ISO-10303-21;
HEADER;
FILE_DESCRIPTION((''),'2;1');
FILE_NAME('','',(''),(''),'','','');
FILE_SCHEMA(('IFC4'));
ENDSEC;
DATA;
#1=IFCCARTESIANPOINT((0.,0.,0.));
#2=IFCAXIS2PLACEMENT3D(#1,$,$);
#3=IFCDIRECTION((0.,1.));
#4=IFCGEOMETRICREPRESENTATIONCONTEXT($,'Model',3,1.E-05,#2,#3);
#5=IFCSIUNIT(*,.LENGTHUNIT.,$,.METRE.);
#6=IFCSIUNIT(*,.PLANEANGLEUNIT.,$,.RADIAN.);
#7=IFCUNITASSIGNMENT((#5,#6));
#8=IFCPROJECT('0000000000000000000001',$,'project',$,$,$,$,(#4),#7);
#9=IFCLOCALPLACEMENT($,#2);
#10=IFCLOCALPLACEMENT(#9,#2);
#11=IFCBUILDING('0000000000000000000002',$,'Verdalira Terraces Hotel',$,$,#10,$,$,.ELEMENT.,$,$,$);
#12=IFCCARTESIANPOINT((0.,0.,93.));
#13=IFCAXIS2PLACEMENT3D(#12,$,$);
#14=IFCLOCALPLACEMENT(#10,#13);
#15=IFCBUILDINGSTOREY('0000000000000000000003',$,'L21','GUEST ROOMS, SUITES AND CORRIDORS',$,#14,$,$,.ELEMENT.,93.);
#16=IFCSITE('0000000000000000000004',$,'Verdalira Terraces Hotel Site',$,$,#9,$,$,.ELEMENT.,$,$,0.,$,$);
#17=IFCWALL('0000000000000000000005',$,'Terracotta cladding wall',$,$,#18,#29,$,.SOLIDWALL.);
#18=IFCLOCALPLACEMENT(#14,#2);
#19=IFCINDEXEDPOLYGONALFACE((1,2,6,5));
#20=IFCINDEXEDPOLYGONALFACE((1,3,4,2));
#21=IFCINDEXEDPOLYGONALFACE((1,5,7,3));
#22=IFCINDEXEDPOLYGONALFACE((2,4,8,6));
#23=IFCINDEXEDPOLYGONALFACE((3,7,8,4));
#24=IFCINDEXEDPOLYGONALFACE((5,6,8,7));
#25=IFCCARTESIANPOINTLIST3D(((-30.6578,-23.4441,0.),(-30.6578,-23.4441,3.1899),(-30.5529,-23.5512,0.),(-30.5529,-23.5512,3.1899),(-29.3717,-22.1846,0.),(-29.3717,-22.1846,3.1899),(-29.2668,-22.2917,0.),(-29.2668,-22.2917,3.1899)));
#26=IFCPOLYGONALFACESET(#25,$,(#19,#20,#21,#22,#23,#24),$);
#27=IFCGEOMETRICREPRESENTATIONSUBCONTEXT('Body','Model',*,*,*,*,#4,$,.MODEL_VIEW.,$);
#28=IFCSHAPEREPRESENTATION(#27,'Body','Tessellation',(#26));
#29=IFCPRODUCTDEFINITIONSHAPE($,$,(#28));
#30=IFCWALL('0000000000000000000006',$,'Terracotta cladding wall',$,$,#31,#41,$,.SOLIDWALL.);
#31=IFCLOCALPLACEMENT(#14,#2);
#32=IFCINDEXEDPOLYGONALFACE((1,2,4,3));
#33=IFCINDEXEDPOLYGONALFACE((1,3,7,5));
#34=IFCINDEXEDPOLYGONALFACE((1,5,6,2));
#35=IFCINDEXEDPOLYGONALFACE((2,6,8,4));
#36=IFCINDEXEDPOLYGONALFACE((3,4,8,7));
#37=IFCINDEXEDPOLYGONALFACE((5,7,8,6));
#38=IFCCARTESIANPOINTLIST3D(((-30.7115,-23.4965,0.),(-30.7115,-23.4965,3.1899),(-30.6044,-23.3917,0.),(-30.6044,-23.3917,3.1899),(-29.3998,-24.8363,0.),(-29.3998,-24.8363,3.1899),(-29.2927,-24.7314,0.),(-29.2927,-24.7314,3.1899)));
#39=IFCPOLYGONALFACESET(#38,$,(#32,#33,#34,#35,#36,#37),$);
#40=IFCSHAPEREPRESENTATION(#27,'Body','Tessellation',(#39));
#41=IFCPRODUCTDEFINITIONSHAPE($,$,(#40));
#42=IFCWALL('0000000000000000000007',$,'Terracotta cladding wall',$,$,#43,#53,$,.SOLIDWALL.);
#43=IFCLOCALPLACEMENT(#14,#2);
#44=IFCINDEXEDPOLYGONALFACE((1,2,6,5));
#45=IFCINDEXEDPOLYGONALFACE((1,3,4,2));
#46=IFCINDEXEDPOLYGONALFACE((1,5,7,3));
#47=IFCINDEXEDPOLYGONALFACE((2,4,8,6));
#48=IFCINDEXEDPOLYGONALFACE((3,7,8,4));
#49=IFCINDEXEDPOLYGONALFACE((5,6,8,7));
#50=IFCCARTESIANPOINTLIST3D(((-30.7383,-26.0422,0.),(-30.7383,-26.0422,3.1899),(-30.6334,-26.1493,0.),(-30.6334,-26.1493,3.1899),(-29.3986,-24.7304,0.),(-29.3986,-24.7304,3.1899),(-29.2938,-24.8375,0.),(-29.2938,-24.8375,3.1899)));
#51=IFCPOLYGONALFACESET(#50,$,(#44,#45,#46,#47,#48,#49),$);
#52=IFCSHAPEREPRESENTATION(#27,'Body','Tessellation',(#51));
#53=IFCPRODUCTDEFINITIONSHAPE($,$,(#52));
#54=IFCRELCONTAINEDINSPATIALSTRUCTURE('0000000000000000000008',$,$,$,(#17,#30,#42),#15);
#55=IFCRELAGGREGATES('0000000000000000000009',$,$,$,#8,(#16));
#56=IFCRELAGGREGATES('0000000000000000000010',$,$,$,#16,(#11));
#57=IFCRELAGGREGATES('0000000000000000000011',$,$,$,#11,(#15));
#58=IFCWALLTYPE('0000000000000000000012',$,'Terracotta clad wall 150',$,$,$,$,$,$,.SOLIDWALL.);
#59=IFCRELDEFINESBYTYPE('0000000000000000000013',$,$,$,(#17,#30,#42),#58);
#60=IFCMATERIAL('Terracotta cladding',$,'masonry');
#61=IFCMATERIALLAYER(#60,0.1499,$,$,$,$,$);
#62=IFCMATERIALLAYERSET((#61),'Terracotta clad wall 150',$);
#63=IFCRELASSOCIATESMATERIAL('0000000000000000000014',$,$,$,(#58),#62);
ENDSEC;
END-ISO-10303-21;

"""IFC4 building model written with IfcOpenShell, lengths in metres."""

from ifc_helpers import new_model, si_unit, direction, frame, frame_2d, origin, place, context, subcontext, project, spatial, rectangle, extrude, material, layer, layer_set, type_object, element, save


model = new_model("IFC4")

# Units and contexts
model_context = context("Model", 3, precision=1e-05, world=origin(), true_north=direction((0.0, 1.0)))
body_context = subcontext(model_context, "Body", "Model", "MODEL_VIEW")
ifc_project = project(units=[si_unit("LENGTHUNIT", "METRE"), si_unit("PLANEANGLEUNIT", "RADIAN")], contexts=[model_context])

# Site, building, storey
site_placement = place(None, origin())
site = spatial("IfcSite", under=ifc_project, at=site_placement, Name="Verdalira Terraces Hotel Site", CompositionType="ELEMENT", RefElevation=0.0)
building_placement = place(site_placement, origin())
building = spatial("IfcBuilding", under=site, at=building_placement, Name="Verdalira Terraces Hotel", CompositionType="ELEMENT")
storey_placement = place(building_placement, frame((0.0, 0.0, 93.0)))
storey = spatial("IfcBuildingStorey", under=building, at=storey_placement, Name="L21", Description="GUEST ROOMS, SUITES AND CORRIDORS", CompositionType="ELEMENT", Elevation=93.0)

# Walls
ifc_material_1 = material(Name="Terracotta cladding", Category="masonry")
ifc_layer_1 = layer(ifc_material_1, 0.1499)
ifc_layer_set_1 = layer_set([ifc_layer_1], Name="Terracotta clad wall 150")
wall_type_1 = type_object("IfcWallType", Name="Terracotta clad wall 150", PredefinedType="SOLIDWALL", material=ifc_layer_set_1)
wall_1_placement = place(storey_placement, frame((-29.3193, -22.2383, 0.0), z_axis=(0.0, 0.0, 1.0), x_axis=(-0.71446, -0.699677, 0.0)))
element("IfcWall", 1, at=wall_1_placement, inside=storey, type_object=wall_type_1, Name="Terracotta cladding wall", PredefinedType="SOLIDWALL", context=body_context, shape_type="SweptSolid", body=[
    extrude(rectangle(XDim=1.8, YDim=0.1499, at=frame_2d((0.8999, 0.0))), origin(), (0.0, 0.0, 1.0), 3.1899),
])
for number, where, z_axis, x_axis, name in (
    (2, (-30.658, -23.4441, 0.0), (0.0, 0.0, 1.0), (0.69958, -0.714554, 0.0), "Terracotta cladding wall"),
    (3, (-29.3462, -24.7839, 0.0), (0.0, 0.0, 1.0), (-0.71449, -0.699646, 0.0), "Terracotta cladding wall"),
):
    element("IfcWall", number, at=place(storey_placement, frame(where, z_axis=z_axis, x_axis=x_axis)), inside=storey, type_object=wall_type_1, Name=name, PredefinedType="SOLIDWALL", context=body_context, shape_type="SweptSolid", body=[
        extrude(rectangle(XDim=1.875, YDim=0.1499, at=frame_2d((0.9375, 0.0))), origin(), (0.0, 0.0, 1.0), 3.1899),
    ])

save(model, "model.ifc")
